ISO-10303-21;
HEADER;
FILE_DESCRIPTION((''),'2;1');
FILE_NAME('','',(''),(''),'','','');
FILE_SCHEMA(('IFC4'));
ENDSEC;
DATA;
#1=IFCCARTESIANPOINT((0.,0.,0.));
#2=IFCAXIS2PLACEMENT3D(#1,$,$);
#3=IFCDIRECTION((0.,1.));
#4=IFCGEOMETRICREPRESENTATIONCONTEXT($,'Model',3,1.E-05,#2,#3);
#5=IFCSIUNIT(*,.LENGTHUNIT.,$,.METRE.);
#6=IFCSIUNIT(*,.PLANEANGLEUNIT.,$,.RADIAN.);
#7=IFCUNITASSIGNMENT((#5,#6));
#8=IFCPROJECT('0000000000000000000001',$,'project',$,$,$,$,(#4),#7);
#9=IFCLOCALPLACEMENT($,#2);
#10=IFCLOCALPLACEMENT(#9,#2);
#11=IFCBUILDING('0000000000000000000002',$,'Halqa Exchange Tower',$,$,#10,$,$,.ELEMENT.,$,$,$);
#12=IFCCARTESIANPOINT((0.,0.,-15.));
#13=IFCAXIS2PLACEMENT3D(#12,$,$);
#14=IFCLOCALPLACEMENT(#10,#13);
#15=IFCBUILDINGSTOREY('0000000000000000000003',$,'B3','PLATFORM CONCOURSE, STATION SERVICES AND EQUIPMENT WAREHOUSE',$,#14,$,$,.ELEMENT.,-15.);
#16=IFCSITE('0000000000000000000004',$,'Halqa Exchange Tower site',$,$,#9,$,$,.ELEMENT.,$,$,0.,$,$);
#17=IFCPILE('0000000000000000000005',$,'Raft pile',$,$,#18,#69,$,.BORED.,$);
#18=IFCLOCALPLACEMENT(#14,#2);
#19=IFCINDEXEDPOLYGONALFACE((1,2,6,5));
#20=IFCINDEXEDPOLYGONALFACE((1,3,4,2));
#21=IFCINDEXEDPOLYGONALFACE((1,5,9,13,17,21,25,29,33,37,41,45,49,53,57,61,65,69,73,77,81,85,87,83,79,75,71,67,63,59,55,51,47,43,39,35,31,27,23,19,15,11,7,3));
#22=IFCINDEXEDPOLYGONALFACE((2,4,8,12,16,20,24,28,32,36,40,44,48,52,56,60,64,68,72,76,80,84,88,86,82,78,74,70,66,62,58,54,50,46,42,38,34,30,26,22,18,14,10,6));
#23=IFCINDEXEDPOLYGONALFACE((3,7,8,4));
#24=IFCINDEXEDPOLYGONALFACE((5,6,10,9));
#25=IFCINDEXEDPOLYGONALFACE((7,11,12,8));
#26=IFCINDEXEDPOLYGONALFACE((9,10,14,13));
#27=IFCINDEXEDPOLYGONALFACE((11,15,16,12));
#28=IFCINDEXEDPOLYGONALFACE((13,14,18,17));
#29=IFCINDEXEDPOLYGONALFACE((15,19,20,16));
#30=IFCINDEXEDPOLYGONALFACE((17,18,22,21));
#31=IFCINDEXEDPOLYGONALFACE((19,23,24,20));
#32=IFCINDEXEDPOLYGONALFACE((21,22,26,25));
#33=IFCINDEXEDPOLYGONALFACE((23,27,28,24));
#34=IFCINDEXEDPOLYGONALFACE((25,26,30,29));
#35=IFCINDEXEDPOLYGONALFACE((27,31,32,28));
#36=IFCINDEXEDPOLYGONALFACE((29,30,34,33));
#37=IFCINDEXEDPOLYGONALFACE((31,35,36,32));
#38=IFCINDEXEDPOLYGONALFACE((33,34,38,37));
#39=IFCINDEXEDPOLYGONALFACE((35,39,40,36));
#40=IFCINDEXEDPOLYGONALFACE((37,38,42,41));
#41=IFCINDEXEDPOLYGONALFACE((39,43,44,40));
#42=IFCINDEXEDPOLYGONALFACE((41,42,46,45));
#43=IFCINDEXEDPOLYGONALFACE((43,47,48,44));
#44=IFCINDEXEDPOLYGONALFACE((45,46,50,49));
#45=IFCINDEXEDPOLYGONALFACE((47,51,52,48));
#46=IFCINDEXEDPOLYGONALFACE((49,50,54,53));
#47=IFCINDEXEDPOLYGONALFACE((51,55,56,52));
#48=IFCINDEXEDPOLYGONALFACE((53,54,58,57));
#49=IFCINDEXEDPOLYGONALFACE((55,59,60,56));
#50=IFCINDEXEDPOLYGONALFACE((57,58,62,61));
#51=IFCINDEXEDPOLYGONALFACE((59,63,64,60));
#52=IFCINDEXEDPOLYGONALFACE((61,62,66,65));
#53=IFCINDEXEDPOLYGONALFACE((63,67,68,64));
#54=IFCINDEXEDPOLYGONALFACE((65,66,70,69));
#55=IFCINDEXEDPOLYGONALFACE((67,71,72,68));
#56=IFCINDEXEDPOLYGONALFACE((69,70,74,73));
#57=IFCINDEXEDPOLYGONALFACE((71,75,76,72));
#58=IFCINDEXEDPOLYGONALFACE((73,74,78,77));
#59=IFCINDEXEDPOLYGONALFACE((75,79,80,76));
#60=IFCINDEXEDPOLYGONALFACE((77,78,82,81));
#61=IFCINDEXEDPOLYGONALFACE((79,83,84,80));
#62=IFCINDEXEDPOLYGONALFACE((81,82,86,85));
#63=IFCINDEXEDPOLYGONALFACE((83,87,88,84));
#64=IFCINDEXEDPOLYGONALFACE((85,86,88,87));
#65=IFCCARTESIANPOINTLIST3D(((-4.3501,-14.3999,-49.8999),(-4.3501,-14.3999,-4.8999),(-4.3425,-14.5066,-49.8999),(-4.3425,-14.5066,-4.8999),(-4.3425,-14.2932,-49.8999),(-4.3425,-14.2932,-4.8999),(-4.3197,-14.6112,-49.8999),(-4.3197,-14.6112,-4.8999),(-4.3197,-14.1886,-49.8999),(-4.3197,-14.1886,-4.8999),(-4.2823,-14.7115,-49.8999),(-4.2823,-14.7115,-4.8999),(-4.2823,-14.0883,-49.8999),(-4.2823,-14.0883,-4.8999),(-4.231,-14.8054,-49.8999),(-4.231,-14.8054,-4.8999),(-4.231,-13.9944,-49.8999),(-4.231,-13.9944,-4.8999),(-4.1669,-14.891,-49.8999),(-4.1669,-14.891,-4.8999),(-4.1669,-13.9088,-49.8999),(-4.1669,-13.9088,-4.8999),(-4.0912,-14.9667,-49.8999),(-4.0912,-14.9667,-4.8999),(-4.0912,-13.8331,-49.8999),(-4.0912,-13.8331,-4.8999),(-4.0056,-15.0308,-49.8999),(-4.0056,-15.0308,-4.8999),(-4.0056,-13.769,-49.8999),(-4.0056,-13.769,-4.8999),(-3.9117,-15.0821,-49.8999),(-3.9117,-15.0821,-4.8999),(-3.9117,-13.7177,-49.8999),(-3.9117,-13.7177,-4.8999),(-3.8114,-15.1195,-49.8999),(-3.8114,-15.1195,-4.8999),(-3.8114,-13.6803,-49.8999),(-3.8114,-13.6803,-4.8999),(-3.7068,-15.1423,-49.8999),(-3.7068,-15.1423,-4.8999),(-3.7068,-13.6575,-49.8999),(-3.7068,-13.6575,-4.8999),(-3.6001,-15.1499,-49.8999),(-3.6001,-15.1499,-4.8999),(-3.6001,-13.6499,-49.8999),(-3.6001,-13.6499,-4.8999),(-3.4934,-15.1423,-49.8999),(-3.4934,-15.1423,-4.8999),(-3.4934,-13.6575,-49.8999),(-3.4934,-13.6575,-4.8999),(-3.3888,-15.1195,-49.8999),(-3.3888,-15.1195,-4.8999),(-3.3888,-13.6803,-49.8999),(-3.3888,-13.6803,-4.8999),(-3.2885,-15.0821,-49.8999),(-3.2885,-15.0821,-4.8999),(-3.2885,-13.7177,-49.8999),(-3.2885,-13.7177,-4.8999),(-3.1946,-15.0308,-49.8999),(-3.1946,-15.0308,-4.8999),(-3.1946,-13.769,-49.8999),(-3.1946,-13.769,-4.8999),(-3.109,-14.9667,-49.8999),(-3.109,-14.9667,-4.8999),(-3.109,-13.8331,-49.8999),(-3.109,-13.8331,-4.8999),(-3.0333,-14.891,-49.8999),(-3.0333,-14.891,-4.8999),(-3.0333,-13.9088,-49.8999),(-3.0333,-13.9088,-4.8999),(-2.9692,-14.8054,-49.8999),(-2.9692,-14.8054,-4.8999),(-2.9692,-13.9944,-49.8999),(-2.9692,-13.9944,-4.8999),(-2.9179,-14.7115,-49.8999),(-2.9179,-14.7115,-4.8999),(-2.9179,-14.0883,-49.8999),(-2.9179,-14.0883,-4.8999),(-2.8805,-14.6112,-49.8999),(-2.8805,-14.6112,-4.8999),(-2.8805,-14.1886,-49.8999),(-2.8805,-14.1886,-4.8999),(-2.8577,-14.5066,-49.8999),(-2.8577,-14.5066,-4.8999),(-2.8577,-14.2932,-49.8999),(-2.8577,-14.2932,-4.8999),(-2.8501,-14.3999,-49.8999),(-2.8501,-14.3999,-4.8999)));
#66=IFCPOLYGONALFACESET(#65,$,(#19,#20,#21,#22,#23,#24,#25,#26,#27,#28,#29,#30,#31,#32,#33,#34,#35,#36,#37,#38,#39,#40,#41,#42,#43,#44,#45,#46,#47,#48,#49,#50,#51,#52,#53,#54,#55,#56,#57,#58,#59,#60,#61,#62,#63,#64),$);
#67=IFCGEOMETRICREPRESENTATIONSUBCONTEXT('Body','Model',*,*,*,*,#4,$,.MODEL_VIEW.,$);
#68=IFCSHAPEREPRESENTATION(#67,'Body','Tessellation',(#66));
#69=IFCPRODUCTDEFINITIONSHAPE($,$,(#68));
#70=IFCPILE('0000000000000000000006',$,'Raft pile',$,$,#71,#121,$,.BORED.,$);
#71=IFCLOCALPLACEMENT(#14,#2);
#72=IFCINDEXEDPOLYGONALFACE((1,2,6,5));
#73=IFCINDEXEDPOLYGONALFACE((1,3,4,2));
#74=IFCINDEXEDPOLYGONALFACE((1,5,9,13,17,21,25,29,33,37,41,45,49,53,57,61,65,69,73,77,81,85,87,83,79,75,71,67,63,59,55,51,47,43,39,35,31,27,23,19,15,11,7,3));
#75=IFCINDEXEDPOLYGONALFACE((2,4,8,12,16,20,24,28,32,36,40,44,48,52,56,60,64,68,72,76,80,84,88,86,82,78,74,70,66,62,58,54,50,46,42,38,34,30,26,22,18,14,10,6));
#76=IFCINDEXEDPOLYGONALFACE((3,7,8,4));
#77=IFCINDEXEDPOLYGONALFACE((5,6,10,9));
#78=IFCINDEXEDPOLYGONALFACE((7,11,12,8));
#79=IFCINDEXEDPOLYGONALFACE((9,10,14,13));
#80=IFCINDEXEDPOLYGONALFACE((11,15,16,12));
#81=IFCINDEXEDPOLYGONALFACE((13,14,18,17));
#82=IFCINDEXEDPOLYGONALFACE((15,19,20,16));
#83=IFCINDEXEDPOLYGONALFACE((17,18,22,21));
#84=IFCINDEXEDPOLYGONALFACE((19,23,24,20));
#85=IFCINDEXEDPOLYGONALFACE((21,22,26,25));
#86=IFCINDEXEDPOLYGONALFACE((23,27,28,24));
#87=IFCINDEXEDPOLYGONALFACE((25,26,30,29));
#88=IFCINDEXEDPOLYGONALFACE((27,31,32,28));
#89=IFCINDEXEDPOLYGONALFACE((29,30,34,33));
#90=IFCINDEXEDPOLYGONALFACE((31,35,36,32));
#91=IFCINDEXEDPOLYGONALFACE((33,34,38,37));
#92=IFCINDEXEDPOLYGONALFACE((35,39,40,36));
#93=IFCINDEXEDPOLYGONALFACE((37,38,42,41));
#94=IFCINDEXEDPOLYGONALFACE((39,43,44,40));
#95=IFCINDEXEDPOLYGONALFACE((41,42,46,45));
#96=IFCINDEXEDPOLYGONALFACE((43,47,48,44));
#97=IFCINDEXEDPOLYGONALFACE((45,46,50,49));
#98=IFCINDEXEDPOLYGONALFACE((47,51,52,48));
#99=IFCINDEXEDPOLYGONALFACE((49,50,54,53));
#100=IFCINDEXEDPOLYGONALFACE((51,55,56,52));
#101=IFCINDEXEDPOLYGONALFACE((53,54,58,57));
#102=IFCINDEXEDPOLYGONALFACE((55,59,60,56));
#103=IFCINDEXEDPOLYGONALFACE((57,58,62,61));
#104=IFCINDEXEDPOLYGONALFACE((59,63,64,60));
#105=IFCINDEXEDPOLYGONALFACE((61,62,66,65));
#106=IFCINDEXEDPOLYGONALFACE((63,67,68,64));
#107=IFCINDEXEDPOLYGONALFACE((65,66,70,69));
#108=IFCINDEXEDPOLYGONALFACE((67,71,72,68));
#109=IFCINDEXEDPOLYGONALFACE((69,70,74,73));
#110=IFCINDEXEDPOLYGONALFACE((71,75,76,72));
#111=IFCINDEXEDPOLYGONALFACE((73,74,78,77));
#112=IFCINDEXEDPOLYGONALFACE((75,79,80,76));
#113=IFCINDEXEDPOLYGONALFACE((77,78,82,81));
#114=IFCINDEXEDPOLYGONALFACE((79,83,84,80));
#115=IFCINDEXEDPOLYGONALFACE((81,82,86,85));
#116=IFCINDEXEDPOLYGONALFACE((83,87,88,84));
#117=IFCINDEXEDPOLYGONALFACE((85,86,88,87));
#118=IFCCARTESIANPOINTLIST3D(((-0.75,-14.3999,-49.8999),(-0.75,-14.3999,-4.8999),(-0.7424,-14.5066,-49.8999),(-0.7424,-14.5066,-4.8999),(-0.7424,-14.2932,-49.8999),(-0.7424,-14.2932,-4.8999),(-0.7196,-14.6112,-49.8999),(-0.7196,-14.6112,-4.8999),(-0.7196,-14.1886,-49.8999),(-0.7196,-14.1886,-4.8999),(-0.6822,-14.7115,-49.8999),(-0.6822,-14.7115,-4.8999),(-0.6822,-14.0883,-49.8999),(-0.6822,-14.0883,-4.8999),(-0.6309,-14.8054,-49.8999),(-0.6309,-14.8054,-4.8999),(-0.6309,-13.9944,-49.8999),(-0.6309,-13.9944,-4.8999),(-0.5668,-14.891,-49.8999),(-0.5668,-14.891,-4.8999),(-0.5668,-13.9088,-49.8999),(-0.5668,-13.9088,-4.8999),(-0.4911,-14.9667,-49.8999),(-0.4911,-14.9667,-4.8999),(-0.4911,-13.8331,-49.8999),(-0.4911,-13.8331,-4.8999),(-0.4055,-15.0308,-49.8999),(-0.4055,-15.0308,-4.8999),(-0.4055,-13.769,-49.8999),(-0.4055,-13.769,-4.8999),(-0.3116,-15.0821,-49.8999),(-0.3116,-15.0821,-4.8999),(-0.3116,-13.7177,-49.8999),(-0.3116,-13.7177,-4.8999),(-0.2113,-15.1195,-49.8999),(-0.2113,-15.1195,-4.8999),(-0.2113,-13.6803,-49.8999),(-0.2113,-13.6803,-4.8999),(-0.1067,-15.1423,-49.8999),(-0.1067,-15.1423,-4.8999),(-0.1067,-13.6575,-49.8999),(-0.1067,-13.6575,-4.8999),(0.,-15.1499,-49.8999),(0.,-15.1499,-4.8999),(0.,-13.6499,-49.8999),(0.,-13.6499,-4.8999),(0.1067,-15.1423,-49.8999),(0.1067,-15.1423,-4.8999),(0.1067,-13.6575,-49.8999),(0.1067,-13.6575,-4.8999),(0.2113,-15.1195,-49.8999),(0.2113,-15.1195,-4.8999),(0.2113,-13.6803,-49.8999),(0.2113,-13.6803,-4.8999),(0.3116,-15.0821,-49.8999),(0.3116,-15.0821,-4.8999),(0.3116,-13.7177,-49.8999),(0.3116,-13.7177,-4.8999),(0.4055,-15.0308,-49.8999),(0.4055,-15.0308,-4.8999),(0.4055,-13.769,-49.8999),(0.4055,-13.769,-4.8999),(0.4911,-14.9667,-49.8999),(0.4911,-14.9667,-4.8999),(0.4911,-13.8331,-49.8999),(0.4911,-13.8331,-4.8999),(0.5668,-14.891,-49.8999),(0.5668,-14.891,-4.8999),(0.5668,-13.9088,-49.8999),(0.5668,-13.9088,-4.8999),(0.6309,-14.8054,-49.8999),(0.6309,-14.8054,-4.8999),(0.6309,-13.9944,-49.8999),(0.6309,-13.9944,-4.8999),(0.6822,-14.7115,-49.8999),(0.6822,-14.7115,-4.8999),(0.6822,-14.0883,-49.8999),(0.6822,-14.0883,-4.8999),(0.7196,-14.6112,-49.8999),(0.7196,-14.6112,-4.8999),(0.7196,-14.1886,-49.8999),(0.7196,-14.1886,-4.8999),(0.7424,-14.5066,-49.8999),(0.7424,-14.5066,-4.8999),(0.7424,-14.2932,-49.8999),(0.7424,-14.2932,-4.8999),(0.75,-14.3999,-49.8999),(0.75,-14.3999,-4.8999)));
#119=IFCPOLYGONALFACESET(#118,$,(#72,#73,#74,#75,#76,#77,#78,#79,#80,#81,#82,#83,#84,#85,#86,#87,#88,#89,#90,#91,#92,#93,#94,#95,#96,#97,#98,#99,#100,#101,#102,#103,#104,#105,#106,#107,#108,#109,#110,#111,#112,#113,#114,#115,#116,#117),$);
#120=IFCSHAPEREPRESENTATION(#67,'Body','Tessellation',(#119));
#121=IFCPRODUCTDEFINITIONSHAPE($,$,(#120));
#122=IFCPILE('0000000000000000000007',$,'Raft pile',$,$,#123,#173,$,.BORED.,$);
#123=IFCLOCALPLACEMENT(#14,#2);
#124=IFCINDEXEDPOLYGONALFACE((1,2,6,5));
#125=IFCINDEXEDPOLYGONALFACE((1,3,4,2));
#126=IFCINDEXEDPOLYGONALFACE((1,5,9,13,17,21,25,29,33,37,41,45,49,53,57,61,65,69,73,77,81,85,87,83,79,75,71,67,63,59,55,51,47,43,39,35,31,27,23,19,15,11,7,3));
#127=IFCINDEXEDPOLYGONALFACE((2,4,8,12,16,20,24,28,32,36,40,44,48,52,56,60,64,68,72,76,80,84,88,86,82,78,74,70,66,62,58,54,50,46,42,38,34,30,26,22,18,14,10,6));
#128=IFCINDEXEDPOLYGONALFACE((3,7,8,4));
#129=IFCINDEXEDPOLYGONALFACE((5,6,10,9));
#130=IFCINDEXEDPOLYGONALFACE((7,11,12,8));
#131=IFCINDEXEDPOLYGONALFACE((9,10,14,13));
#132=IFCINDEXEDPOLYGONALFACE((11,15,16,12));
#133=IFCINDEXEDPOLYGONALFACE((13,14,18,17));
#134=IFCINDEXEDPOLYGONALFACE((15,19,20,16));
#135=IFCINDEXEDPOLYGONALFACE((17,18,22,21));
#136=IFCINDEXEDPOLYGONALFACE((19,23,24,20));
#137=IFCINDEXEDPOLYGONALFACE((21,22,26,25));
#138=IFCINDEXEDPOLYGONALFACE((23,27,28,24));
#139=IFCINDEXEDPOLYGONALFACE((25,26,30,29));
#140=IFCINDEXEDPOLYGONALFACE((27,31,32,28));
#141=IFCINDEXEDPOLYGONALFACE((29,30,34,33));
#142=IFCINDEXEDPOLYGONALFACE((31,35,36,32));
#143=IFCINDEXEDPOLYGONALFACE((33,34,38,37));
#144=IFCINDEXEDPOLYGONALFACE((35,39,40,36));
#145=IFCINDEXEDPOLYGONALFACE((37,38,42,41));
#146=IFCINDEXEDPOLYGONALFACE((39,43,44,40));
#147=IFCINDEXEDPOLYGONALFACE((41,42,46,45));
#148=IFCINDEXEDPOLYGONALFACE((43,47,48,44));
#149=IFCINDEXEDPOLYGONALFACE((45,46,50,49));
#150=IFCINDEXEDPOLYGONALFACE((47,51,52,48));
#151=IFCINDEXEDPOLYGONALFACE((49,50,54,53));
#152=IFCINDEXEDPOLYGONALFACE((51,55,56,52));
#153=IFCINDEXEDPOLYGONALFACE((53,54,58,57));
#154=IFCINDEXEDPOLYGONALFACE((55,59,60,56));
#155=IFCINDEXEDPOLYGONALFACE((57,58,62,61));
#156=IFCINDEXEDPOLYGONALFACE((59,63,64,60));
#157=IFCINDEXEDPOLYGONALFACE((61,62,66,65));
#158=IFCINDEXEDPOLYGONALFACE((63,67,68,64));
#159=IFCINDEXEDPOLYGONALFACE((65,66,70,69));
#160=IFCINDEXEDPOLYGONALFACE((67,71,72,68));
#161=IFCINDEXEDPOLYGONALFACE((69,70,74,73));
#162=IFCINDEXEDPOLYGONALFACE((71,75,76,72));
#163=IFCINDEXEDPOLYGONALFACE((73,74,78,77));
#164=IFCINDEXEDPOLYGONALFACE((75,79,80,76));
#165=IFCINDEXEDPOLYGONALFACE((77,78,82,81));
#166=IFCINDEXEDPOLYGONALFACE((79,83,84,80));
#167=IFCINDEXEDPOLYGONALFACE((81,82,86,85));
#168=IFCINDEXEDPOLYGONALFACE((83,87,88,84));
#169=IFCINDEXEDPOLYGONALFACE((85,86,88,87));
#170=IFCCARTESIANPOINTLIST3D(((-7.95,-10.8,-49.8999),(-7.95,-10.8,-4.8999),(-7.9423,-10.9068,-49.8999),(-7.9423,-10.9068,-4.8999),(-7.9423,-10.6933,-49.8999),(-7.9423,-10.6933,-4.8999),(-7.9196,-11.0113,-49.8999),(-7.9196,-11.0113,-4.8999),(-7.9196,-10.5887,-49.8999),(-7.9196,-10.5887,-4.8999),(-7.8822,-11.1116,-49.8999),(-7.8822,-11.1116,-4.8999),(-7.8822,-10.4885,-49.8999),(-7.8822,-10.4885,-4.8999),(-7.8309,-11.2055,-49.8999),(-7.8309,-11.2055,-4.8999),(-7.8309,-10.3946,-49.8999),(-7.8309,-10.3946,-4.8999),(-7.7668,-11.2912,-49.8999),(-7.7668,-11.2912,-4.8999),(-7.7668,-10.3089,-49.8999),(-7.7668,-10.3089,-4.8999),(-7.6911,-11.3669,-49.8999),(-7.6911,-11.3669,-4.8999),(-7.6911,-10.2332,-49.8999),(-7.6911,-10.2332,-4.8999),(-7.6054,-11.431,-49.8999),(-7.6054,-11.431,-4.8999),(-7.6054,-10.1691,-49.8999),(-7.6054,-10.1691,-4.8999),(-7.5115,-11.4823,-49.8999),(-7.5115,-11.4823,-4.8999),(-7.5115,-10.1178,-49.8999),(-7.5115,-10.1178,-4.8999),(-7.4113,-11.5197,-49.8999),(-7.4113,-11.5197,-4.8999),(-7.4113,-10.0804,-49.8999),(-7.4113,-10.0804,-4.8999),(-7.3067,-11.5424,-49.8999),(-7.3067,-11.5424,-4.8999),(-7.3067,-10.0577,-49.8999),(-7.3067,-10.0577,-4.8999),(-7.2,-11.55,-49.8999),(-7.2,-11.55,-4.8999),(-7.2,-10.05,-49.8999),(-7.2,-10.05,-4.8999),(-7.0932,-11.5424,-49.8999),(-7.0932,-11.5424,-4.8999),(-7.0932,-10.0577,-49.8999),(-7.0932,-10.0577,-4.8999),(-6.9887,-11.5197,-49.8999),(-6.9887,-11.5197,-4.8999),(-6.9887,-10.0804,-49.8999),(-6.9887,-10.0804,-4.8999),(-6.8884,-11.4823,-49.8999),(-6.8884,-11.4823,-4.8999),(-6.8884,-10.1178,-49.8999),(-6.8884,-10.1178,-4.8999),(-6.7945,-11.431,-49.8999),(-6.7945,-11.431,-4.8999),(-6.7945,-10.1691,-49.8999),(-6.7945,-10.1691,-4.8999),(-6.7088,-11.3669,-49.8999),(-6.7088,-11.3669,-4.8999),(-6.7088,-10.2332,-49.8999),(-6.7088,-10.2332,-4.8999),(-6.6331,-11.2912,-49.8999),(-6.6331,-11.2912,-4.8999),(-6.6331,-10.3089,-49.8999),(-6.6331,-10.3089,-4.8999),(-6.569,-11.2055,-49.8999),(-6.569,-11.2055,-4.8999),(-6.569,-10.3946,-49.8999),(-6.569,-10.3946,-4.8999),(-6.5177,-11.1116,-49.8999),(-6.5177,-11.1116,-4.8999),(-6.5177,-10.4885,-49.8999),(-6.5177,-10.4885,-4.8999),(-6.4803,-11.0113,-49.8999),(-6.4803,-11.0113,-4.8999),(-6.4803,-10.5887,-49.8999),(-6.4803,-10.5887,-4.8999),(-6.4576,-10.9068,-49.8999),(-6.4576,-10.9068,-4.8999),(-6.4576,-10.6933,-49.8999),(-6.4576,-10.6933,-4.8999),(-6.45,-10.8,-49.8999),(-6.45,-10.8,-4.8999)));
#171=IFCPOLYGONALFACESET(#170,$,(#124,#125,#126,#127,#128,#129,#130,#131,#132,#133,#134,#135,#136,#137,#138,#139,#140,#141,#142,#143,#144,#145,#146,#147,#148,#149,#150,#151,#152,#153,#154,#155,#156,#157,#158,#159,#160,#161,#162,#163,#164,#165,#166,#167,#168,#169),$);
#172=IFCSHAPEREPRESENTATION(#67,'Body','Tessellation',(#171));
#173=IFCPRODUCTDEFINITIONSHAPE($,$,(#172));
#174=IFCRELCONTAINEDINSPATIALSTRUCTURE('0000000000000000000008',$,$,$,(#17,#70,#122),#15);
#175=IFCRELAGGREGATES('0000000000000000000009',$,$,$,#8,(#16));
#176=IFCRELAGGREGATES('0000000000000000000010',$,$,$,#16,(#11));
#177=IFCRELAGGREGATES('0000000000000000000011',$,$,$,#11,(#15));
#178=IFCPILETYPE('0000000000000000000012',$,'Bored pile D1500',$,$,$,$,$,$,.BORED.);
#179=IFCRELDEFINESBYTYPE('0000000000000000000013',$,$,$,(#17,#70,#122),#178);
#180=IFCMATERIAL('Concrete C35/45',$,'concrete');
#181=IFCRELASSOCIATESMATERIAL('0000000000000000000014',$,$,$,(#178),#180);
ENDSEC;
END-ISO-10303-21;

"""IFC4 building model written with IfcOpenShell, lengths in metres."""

from ifc_helpers import new_model, si_unit, direction, frame, origin, origin_2d, place, context, subcontext, project, spatial, circle, extrude, material, material_profile, profile_set, type_object, element, save


model = new_model("IFC4")

# Units and contexts
model_context = context("Model", 3, precision=1e-05, world=origin(), true_north=direction((0.0, 1.0)))
body_context = subcontext(model_context, "Body", "Model", "MODEL_VIEW")
ifc_project = project(units=[si_unit("LENGTHUNIT", "METRE"), si_unit("PLANEANGLEUNIT", "RADIAN")], contexts=[model_context])

# Site, building, storey
site_placement = place(None, origin())
site = spatial("IfcSite", under=ifc_project, at=site_placement, Name="Halqa Exchange Tower site", CompositionType="ELEMENT", RefElevation=0.0)
building_placement = place(site_placement, origin())
building = spatial("IfcBuilding", under=site, at=building_placement, Name="Halqa Exchange Tower", CompositionType="ELEMENT")
storey_placement = place(building_placement, frame((0.0, 0.0, -15.0)))
storey = spatial("IfcBuildingStorey", under=building, at=storey_placement, Name="B3", Description="PLATFORM CONCOURSE, STATION SERVICES AND EQUIPMENT WAREHOUSE", CompositionType="ELEMENT", Elevation=-15.0)

# Piles
ifc_material_1 = material(Name="Concrete C35/45", Category="concrete")
ifc_material_profile_1 = material_profile(ifc_material_1, circle(Radius=0.75, at=origin_2d()), Name="D1500")
ifc_profile_set_1 = profile_set([ifc_material_profile_1], Name="Concrete C35/45")
pile_type_1 = type_object("IfcPileType", Name="Bored pile D1500", PredefinedType="BORED", material=ifc_profile_set_1)
for number, where, z_axis, x_axis, name in (
    (1, (-3.6001, -14.3999, -4.8999), (0.0, 0.0, -1.0), (1.0, 0.0, 0.0), "Raft pile"),
    (2, (0.0, -14.3999, -4.8999), (0.0, 0.0, -1.0), (1.0, 0.0, 0.0), "Raft pile"),
    (3, (-7.2, -10.8, -4.8999), (0.0, 0.0, -1.0), (1.0, 0.0, 0.0), "Raft pile"),
):
    element("IfcPile", number, at=place(storey_placement, frame(where, z_axis=z_axis, x_axis=x_axis)), inside=storey, type_object=pile_type_1, Name=name, PredefinedType="BORED", context=body_context, shape_type="SweptSolid", body=[
        extrude(circle(Radius=0.75, at=origin_2d()), origin(), (0.0, 0.0, 1.0), 45.0),
    ])

save(model, "model.ifc")
